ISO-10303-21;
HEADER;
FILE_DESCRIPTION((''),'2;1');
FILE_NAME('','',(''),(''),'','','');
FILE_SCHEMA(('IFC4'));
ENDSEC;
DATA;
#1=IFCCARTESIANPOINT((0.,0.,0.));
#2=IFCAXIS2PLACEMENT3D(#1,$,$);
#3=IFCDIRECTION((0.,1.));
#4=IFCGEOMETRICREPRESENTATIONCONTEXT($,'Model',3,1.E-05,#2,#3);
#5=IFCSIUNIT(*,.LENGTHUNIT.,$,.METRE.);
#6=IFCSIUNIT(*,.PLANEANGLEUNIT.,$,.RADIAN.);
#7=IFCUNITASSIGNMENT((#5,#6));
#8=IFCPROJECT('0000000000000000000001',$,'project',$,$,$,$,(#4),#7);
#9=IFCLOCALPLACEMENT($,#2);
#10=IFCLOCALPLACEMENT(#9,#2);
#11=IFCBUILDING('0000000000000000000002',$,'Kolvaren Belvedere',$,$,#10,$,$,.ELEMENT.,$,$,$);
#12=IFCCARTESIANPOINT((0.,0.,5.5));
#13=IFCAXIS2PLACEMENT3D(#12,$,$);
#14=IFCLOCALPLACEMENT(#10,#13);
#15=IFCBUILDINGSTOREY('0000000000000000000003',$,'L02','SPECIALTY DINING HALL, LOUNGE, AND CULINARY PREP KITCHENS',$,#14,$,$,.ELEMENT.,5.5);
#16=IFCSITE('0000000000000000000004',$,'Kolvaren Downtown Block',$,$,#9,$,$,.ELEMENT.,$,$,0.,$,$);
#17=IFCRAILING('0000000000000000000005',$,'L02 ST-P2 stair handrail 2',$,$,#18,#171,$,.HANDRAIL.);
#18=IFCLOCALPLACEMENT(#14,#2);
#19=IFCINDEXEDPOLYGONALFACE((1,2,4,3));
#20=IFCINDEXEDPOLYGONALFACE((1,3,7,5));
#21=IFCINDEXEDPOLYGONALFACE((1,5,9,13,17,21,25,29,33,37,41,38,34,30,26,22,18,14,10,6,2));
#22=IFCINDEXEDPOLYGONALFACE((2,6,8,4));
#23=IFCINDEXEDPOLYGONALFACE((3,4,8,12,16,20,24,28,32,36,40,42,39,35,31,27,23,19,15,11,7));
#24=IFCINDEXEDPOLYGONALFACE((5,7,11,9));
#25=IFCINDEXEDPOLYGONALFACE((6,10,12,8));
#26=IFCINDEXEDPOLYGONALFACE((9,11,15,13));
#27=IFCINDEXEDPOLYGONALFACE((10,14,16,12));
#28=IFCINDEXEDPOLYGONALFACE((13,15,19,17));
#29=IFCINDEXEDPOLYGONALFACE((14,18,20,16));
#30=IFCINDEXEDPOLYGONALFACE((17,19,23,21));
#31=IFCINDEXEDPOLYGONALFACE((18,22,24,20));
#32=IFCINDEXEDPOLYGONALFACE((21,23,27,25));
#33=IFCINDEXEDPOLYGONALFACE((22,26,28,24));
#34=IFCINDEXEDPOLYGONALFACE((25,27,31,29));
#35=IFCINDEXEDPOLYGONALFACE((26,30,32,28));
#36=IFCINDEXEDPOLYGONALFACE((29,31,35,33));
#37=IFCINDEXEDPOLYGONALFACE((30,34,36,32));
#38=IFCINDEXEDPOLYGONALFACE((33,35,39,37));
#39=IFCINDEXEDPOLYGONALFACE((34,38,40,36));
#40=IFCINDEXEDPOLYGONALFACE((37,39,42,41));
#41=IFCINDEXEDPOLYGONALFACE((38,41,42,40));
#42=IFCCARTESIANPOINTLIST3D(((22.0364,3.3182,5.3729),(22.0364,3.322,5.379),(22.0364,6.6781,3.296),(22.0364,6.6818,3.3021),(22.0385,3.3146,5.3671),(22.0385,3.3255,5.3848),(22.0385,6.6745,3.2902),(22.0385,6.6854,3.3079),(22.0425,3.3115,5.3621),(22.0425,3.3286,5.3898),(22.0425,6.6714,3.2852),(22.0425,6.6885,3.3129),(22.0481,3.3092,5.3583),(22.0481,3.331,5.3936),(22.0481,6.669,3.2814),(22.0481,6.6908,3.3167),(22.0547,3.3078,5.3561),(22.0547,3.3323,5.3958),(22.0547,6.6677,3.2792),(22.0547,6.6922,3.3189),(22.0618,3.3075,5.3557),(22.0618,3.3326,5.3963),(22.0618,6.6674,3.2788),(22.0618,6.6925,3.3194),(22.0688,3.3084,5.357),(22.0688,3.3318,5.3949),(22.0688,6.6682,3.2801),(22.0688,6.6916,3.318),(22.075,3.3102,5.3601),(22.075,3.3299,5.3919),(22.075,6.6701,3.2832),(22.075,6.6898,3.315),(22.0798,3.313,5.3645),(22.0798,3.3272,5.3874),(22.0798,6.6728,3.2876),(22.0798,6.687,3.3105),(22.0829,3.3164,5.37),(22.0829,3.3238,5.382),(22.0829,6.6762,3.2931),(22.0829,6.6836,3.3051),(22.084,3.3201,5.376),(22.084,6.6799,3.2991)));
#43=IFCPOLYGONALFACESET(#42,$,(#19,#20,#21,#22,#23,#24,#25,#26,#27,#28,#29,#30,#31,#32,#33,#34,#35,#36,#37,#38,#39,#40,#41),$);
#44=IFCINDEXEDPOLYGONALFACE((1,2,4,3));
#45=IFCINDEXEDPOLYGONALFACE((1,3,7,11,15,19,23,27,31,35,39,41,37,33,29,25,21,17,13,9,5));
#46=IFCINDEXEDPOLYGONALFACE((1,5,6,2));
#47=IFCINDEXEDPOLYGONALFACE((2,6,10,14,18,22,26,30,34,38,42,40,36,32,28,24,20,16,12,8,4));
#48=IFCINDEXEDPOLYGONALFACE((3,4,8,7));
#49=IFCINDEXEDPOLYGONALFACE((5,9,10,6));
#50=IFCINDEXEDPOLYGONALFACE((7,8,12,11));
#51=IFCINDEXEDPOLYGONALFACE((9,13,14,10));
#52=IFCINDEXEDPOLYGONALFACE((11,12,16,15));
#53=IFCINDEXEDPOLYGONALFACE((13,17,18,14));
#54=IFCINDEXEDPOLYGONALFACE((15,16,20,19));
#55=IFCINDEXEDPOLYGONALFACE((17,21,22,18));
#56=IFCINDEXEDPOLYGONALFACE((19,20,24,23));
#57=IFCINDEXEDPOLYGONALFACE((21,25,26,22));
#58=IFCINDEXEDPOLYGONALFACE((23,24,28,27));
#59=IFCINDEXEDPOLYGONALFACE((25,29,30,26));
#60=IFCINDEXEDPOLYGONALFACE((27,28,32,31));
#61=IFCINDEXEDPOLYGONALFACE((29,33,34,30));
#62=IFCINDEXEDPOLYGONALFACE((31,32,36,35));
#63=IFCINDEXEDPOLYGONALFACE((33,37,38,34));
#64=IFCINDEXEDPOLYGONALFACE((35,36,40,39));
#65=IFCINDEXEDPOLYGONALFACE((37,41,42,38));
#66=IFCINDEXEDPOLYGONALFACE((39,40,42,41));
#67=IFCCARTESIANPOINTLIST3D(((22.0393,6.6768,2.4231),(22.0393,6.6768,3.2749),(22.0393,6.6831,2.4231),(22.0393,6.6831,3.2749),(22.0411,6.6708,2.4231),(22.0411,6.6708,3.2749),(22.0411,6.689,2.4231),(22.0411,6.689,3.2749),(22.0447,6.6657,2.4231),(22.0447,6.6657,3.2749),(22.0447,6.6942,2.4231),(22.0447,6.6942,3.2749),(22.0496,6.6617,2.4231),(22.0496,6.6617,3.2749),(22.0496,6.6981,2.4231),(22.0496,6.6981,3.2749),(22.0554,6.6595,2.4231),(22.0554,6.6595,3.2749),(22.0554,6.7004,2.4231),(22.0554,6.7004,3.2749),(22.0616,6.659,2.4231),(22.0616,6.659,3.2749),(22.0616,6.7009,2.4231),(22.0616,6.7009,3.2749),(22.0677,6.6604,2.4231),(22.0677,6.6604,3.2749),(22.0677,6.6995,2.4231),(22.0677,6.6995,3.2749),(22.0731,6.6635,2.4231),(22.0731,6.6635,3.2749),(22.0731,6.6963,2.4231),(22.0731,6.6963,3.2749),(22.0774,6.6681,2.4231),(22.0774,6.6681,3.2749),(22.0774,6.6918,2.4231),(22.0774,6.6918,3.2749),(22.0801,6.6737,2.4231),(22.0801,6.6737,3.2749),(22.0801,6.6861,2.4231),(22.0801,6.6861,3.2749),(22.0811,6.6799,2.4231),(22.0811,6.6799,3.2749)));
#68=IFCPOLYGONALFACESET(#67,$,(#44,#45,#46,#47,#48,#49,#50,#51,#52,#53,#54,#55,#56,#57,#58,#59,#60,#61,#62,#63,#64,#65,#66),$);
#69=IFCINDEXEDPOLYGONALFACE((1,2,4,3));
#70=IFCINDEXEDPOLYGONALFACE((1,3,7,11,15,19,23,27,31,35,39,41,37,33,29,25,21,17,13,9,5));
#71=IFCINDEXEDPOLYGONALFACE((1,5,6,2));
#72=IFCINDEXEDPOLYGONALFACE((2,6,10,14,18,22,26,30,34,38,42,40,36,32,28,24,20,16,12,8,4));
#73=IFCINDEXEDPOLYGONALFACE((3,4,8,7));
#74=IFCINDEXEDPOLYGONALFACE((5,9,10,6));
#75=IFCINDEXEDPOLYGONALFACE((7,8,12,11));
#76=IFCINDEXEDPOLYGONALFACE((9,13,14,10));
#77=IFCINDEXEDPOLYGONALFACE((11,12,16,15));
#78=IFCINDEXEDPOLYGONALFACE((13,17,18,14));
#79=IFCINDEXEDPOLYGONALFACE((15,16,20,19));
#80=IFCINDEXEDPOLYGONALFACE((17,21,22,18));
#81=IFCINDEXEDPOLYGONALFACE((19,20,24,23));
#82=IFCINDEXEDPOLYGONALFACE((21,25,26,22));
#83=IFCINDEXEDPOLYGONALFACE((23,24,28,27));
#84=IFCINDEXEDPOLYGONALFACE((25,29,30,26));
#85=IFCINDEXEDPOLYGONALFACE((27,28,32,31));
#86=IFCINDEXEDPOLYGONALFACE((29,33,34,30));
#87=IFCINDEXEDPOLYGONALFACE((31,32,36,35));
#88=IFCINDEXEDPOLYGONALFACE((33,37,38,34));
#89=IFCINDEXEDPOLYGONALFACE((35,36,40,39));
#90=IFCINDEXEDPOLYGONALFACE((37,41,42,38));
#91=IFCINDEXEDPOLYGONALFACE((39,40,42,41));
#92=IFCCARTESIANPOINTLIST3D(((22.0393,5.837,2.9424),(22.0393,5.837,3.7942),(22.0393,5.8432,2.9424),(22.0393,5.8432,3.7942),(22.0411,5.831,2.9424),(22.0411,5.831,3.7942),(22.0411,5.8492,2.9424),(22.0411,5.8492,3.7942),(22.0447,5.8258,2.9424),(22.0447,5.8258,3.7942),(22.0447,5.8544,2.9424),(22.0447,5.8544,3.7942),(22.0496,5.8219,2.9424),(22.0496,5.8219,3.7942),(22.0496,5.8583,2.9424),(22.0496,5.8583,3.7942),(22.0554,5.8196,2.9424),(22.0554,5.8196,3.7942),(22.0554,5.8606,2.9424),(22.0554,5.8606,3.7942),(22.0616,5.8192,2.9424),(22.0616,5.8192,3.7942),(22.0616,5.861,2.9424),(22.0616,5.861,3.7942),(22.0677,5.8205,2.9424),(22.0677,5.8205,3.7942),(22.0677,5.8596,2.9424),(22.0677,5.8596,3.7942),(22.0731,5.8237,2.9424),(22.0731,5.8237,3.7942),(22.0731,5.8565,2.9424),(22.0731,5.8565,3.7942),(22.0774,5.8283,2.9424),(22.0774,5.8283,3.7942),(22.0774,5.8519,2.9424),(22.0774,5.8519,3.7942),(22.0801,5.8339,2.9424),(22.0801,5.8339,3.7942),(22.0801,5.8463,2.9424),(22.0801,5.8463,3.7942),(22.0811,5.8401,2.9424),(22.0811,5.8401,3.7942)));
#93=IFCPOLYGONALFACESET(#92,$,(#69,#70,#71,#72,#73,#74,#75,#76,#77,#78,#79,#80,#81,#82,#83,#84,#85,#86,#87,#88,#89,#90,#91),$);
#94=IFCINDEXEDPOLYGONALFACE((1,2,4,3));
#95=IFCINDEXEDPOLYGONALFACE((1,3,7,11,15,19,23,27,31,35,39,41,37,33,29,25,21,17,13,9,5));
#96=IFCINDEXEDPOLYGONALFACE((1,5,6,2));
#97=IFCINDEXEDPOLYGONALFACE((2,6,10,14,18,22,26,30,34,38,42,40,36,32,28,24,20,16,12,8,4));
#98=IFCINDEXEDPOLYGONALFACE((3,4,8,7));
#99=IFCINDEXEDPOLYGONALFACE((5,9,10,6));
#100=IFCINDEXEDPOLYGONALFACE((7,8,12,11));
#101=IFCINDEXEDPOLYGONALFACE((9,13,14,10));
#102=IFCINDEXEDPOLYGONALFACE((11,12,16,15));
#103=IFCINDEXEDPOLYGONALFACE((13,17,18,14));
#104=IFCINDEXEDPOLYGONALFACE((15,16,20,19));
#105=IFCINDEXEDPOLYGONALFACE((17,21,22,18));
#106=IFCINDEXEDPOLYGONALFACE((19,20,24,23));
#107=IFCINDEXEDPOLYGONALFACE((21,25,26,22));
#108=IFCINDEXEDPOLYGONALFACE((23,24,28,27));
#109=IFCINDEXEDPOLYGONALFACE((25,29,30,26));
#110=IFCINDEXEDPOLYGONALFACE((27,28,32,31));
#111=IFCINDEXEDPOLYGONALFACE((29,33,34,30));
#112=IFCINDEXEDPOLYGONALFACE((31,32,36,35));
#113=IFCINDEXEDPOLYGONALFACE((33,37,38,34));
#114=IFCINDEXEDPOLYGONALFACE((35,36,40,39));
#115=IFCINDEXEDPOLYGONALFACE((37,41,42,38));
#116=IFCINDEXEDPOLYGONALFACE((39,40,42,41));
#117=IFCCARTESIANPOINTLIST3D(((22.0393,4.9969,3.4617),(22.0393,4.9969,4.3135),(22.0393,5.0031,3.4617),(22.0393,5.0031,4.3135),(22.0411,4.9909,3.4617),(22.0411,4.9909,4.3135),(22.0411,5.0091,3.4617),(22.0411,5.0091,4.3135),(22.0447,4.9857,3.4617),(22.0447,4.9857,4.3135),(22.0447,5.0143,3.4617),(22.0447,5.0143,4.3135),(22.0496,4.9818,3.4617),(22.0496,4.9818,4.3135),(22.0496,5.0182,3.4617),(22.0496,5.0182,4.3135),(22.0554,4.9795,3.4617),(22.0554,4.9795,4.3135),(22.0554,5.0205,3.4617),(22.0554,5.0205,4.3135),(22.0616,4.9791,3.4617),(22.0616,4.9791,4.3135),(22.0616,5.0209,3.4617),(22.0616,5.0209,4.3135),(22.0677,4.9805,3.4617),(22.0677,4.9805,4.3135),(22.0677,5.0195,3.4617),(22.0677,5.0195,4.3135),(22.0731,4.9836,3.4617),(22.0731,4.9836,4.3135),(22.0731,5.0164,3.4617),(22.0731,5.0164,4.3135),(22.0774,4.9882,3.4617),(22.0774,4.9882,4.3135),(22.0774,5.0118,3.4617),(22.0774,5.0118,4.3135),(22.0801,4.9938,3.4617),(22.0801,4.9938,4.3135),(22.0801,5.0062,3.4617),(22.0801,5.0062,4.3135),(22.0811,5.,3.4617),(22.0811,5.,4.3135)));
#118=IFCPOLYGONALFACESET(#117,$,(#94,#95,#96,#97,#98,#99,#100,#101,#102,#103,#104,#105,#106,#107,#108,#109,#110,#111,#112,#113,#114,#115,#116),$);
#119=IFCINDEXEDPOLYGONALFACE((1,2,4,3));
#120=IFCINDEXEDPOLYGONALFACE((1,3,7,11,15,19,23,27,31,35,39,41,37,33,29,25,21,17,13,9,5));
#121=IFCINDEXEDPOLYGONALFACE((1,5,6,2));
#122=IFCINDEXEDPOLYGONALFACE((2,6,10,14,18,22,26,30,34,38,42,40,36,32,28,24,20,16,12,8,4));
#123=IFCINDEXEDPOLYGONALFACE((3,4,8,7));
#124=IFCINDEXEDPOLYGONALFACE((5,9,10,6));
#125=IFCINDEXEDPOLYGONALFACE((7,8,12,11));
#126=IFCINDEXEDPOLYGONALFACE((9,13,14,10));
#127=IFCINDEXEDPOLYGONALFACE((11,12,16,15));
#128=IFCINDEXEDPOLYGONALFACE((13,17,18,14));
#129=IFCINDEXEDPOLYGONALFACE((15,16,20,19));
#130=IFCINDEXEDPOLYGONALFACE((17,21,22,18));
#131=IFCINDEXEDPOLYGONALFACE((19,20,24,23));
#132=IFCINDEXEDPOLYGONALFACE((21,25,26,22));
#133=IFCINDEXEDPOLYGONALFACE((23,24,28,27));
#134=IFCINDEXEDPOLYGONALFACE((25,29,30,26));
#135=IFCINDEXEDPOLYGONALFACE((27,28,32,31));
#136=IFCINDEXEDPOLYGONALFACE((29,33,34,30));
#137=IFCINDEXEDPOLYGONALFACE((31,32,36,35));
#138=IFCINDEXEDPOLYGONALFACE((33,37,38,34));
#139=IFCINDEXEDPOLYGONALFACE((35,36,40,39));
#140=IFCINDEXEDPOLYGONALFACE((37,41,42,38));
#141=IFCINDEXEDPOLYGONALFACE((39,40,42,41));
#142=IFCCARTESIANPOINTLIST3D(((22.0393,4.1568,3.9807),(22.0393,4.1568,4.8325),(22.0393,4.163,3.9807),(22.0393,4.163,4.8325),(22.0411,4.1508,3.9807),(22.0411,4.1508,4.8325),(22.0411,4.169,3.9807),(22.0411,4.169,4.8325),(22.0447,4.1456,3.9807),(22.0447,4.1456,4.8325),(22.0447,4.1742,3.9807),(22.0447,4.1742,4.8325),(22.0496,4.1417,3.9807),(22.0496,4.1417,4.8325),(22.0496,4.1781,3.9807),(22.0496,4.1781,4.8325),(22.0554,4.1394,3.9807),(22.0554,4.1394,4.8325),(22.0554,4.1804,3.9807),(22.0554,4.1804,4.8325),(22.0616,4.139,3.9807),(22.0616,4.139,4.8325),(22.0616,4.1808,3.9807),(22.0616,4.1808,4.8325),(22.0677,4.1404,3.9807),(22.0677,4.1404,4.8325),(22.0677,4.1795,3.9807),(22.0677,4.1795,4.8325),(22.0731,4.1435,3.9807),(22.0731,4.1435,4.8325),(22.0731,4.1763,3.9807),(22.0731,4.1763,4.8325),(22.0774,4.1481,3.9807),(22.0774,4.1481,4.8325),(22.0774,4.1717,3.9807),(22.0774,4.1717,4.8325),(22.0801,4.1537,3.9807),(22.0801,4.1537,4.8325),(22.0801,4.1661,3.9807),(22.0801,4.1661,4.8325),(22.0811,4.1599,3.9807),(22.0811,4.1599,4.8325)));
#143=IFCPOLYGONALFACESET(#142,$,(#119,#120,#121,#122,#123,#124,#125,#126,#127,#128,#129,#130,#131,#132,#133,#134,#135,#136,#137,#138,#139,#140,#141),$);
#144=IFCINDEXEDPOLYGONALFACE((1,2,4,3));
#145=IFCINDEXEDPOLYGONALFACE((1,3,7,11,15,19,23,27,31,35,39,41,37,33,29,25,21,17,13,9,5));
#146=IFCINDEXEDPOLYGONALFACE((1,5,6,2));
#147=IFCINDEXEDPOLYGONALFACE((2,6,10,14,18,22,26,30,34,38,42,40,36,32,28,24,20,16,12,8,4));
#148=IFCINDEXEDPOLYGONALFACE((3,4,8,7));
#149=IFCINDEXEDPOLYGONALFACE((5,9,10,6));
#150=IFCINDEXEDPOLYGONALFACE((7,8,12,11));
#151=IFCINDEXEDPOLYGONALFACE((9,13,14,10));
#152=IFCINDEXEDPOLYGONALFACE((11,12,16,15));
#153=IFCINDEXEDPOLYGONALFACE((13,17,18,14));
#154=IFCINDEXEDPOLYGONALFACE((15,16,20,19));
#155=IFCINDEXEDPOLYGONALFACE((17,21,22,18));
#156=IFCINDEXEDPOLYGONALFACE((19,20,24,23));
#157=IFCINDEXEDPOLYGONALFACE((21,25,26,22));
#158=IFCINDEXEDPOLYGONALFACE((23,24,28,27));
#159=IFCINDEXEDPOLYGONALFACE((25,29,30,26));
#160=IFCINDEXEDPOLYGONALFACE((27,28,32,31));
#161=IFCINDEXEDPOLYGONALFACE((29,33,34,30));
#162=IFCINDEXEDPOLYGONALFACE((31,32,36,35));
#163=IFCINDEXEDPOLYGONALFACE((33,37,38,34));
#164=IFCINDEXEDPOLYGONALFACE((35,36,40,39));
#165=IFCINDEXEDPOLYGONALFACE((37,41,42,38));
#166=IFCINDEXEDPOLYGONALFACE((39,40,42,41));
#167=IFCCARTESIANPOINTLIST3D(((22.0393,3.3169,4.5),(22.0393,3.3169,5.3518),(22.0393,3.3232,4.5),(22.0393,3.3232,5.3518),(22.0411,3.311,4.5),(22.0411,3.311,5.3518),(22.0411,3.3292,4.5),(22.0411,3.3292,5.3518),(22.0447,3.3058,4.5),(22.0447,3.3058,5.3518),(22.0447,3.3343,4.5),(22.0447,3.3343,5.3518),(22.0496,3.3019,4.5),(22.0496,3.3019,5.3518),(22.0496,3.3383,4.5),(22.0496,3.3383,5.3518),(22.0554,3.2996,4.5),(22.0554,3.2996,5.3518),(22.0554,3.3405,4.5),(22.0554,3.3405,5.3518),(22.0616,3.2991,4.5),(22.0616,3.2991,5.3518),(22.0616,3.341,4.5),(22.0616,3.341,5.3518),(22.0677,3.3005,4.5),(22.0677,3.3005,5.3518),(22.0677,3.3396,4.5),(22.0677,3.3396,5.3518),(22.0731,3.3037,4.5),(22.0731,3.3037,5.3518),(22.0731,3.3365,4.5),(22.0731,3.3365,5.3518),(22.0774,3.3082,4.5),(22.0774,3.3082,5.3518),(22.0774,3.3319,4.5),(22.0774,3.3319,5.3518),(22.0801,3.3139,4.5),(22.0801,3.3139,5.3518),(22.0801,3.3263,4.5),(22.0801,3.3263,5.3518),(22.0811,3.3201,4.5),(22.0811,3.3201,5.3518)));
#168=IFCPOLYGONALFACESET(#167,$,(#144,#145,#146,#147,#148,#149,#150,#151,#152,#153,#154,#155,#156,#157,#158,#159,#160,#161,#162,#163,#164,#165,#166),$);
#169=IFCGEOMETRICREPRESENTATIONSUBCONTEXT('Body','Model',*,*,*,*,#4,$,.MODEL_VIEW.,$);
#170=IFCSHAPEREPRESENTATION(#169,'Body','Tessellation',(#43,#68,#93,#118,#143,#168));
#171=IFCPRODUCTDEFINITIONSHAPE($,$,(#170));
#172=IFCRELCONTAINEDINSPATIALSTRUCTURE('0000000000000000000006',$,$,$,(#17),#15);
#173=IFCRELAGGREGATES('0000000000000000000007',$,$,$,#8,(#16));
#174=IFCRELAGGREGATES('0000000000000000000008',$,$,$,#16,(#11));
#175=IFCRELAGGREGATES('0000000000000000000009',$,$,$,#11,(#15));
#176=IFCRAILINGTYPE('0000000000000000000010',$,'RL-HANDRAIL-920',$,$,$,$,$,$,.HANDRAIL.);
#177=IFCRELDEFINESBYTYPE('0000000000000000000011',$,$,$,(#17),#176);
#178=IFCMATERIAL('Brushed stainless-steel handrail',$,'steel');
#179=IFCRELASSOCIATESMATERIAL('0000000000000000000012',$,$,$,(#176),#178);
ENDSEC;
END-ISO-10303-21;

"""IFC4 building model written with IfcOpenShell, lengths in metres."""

from ifc_helpers import new_model, si_unit, direction, frame, origin, origin_2d, place, context, subcontext, project, spatial, circle, extrude, material, type_object, element, save


model = new_model("IFC4")

# Units and contexts
model_context = context("Model", 3, precision=1e-05, world=origin(), true_north=direction((0.0, 1.0)))
body_context = subcontext(model_context, "Body", "Model", "MODEL_VIEW")
ifc_project = project(units=[si_unit("LENGTHUNIT", "METRE"), si_unit("PLANEANGLEUNIT", "RADIAN")], contexts=[model_context])

# Site, building, storey
site_placement = place(None, origin())
site = spatial("IfcSite", under=ifc_project, at=site_placement, Name="Kolvaren Downtown Block", CompositionType="ELEMENT", RefElevation=0.0)
building_placement = place(site_placement, origin())
building = spatial("IfcBuilding", under=site, at=building_placement, Name="Kolvaren Belvedere", CompositionType="ELEMENT")
storey_placement = place(building_placement, frame((0.0, 0.0, 5.5)))
storey = spatial("IfcBuildingStorey", under=building, at=storey_placement, Name="L02", Description="SPECIALTY DINING HALL, LOUNGE, AND CULINARY PREP KITCHENS", CompositionType="ELEMENT", Elevation=5.5)

# Railing
ifc_material_1 = material(Name="Brushed stainless-steel handrail", Category="steel")
railing_type_1 = type_object("IfcRailingType", Name="RL-HANDRAIL-920", PredefinedType="HANDRAIL", material=ifc_material_1)
railing_1_placement = place(storey_placement, frame((22.0601, 6.6799, 2.4231)))
element("IfcRailing", 1, at=railing_1_placement, inside=storey, type_object=railing_type_1, Name="L02 ST-P2 stair handrail 2", PredefinedType="HANDRAIL", context=body_context, shape_type="SweptSolid", body=[
    extrude(circle(Radius=0.0239, at=origin_2d()), frame((0.0, 0.0, 0.876), z_axis=(0.0, -0.850606, 0.525803), x_axis=(1.0, 0.0, 0.0)), (0.0, 0.0, 1.0), 3.95),
    extrude(circle(Radius=0.021, at=origin_2d()), origin(), (0.0, 0.0, 1.0), 0.8518),
    extrude(circle(Radius=0.021, at=origin_2d()), frame((0.0, -0.8398, 0.5193)), (0.0, 0.0, 1.0), 0.8518),
    extrude(circle(Radius=0.021, at=origin_2d()), frame((0.0, -1.6799, 1.0386)), (0.0, 0.0, 1.0), 0.8518),
    extrude(circle(Radius=0.021, at=origin_2d()), frame((0.0, -2.52, 1.5576)), (0.0, 0.0, 1.0), 0.8518),
    extrude(circle(Radius=0.021, at=origin_2d()), frame((0.0, -3.3599, 2.0769)), (0.0, 0.0, 1.0), 0.8518),
])

save(model, "model.ifc")
